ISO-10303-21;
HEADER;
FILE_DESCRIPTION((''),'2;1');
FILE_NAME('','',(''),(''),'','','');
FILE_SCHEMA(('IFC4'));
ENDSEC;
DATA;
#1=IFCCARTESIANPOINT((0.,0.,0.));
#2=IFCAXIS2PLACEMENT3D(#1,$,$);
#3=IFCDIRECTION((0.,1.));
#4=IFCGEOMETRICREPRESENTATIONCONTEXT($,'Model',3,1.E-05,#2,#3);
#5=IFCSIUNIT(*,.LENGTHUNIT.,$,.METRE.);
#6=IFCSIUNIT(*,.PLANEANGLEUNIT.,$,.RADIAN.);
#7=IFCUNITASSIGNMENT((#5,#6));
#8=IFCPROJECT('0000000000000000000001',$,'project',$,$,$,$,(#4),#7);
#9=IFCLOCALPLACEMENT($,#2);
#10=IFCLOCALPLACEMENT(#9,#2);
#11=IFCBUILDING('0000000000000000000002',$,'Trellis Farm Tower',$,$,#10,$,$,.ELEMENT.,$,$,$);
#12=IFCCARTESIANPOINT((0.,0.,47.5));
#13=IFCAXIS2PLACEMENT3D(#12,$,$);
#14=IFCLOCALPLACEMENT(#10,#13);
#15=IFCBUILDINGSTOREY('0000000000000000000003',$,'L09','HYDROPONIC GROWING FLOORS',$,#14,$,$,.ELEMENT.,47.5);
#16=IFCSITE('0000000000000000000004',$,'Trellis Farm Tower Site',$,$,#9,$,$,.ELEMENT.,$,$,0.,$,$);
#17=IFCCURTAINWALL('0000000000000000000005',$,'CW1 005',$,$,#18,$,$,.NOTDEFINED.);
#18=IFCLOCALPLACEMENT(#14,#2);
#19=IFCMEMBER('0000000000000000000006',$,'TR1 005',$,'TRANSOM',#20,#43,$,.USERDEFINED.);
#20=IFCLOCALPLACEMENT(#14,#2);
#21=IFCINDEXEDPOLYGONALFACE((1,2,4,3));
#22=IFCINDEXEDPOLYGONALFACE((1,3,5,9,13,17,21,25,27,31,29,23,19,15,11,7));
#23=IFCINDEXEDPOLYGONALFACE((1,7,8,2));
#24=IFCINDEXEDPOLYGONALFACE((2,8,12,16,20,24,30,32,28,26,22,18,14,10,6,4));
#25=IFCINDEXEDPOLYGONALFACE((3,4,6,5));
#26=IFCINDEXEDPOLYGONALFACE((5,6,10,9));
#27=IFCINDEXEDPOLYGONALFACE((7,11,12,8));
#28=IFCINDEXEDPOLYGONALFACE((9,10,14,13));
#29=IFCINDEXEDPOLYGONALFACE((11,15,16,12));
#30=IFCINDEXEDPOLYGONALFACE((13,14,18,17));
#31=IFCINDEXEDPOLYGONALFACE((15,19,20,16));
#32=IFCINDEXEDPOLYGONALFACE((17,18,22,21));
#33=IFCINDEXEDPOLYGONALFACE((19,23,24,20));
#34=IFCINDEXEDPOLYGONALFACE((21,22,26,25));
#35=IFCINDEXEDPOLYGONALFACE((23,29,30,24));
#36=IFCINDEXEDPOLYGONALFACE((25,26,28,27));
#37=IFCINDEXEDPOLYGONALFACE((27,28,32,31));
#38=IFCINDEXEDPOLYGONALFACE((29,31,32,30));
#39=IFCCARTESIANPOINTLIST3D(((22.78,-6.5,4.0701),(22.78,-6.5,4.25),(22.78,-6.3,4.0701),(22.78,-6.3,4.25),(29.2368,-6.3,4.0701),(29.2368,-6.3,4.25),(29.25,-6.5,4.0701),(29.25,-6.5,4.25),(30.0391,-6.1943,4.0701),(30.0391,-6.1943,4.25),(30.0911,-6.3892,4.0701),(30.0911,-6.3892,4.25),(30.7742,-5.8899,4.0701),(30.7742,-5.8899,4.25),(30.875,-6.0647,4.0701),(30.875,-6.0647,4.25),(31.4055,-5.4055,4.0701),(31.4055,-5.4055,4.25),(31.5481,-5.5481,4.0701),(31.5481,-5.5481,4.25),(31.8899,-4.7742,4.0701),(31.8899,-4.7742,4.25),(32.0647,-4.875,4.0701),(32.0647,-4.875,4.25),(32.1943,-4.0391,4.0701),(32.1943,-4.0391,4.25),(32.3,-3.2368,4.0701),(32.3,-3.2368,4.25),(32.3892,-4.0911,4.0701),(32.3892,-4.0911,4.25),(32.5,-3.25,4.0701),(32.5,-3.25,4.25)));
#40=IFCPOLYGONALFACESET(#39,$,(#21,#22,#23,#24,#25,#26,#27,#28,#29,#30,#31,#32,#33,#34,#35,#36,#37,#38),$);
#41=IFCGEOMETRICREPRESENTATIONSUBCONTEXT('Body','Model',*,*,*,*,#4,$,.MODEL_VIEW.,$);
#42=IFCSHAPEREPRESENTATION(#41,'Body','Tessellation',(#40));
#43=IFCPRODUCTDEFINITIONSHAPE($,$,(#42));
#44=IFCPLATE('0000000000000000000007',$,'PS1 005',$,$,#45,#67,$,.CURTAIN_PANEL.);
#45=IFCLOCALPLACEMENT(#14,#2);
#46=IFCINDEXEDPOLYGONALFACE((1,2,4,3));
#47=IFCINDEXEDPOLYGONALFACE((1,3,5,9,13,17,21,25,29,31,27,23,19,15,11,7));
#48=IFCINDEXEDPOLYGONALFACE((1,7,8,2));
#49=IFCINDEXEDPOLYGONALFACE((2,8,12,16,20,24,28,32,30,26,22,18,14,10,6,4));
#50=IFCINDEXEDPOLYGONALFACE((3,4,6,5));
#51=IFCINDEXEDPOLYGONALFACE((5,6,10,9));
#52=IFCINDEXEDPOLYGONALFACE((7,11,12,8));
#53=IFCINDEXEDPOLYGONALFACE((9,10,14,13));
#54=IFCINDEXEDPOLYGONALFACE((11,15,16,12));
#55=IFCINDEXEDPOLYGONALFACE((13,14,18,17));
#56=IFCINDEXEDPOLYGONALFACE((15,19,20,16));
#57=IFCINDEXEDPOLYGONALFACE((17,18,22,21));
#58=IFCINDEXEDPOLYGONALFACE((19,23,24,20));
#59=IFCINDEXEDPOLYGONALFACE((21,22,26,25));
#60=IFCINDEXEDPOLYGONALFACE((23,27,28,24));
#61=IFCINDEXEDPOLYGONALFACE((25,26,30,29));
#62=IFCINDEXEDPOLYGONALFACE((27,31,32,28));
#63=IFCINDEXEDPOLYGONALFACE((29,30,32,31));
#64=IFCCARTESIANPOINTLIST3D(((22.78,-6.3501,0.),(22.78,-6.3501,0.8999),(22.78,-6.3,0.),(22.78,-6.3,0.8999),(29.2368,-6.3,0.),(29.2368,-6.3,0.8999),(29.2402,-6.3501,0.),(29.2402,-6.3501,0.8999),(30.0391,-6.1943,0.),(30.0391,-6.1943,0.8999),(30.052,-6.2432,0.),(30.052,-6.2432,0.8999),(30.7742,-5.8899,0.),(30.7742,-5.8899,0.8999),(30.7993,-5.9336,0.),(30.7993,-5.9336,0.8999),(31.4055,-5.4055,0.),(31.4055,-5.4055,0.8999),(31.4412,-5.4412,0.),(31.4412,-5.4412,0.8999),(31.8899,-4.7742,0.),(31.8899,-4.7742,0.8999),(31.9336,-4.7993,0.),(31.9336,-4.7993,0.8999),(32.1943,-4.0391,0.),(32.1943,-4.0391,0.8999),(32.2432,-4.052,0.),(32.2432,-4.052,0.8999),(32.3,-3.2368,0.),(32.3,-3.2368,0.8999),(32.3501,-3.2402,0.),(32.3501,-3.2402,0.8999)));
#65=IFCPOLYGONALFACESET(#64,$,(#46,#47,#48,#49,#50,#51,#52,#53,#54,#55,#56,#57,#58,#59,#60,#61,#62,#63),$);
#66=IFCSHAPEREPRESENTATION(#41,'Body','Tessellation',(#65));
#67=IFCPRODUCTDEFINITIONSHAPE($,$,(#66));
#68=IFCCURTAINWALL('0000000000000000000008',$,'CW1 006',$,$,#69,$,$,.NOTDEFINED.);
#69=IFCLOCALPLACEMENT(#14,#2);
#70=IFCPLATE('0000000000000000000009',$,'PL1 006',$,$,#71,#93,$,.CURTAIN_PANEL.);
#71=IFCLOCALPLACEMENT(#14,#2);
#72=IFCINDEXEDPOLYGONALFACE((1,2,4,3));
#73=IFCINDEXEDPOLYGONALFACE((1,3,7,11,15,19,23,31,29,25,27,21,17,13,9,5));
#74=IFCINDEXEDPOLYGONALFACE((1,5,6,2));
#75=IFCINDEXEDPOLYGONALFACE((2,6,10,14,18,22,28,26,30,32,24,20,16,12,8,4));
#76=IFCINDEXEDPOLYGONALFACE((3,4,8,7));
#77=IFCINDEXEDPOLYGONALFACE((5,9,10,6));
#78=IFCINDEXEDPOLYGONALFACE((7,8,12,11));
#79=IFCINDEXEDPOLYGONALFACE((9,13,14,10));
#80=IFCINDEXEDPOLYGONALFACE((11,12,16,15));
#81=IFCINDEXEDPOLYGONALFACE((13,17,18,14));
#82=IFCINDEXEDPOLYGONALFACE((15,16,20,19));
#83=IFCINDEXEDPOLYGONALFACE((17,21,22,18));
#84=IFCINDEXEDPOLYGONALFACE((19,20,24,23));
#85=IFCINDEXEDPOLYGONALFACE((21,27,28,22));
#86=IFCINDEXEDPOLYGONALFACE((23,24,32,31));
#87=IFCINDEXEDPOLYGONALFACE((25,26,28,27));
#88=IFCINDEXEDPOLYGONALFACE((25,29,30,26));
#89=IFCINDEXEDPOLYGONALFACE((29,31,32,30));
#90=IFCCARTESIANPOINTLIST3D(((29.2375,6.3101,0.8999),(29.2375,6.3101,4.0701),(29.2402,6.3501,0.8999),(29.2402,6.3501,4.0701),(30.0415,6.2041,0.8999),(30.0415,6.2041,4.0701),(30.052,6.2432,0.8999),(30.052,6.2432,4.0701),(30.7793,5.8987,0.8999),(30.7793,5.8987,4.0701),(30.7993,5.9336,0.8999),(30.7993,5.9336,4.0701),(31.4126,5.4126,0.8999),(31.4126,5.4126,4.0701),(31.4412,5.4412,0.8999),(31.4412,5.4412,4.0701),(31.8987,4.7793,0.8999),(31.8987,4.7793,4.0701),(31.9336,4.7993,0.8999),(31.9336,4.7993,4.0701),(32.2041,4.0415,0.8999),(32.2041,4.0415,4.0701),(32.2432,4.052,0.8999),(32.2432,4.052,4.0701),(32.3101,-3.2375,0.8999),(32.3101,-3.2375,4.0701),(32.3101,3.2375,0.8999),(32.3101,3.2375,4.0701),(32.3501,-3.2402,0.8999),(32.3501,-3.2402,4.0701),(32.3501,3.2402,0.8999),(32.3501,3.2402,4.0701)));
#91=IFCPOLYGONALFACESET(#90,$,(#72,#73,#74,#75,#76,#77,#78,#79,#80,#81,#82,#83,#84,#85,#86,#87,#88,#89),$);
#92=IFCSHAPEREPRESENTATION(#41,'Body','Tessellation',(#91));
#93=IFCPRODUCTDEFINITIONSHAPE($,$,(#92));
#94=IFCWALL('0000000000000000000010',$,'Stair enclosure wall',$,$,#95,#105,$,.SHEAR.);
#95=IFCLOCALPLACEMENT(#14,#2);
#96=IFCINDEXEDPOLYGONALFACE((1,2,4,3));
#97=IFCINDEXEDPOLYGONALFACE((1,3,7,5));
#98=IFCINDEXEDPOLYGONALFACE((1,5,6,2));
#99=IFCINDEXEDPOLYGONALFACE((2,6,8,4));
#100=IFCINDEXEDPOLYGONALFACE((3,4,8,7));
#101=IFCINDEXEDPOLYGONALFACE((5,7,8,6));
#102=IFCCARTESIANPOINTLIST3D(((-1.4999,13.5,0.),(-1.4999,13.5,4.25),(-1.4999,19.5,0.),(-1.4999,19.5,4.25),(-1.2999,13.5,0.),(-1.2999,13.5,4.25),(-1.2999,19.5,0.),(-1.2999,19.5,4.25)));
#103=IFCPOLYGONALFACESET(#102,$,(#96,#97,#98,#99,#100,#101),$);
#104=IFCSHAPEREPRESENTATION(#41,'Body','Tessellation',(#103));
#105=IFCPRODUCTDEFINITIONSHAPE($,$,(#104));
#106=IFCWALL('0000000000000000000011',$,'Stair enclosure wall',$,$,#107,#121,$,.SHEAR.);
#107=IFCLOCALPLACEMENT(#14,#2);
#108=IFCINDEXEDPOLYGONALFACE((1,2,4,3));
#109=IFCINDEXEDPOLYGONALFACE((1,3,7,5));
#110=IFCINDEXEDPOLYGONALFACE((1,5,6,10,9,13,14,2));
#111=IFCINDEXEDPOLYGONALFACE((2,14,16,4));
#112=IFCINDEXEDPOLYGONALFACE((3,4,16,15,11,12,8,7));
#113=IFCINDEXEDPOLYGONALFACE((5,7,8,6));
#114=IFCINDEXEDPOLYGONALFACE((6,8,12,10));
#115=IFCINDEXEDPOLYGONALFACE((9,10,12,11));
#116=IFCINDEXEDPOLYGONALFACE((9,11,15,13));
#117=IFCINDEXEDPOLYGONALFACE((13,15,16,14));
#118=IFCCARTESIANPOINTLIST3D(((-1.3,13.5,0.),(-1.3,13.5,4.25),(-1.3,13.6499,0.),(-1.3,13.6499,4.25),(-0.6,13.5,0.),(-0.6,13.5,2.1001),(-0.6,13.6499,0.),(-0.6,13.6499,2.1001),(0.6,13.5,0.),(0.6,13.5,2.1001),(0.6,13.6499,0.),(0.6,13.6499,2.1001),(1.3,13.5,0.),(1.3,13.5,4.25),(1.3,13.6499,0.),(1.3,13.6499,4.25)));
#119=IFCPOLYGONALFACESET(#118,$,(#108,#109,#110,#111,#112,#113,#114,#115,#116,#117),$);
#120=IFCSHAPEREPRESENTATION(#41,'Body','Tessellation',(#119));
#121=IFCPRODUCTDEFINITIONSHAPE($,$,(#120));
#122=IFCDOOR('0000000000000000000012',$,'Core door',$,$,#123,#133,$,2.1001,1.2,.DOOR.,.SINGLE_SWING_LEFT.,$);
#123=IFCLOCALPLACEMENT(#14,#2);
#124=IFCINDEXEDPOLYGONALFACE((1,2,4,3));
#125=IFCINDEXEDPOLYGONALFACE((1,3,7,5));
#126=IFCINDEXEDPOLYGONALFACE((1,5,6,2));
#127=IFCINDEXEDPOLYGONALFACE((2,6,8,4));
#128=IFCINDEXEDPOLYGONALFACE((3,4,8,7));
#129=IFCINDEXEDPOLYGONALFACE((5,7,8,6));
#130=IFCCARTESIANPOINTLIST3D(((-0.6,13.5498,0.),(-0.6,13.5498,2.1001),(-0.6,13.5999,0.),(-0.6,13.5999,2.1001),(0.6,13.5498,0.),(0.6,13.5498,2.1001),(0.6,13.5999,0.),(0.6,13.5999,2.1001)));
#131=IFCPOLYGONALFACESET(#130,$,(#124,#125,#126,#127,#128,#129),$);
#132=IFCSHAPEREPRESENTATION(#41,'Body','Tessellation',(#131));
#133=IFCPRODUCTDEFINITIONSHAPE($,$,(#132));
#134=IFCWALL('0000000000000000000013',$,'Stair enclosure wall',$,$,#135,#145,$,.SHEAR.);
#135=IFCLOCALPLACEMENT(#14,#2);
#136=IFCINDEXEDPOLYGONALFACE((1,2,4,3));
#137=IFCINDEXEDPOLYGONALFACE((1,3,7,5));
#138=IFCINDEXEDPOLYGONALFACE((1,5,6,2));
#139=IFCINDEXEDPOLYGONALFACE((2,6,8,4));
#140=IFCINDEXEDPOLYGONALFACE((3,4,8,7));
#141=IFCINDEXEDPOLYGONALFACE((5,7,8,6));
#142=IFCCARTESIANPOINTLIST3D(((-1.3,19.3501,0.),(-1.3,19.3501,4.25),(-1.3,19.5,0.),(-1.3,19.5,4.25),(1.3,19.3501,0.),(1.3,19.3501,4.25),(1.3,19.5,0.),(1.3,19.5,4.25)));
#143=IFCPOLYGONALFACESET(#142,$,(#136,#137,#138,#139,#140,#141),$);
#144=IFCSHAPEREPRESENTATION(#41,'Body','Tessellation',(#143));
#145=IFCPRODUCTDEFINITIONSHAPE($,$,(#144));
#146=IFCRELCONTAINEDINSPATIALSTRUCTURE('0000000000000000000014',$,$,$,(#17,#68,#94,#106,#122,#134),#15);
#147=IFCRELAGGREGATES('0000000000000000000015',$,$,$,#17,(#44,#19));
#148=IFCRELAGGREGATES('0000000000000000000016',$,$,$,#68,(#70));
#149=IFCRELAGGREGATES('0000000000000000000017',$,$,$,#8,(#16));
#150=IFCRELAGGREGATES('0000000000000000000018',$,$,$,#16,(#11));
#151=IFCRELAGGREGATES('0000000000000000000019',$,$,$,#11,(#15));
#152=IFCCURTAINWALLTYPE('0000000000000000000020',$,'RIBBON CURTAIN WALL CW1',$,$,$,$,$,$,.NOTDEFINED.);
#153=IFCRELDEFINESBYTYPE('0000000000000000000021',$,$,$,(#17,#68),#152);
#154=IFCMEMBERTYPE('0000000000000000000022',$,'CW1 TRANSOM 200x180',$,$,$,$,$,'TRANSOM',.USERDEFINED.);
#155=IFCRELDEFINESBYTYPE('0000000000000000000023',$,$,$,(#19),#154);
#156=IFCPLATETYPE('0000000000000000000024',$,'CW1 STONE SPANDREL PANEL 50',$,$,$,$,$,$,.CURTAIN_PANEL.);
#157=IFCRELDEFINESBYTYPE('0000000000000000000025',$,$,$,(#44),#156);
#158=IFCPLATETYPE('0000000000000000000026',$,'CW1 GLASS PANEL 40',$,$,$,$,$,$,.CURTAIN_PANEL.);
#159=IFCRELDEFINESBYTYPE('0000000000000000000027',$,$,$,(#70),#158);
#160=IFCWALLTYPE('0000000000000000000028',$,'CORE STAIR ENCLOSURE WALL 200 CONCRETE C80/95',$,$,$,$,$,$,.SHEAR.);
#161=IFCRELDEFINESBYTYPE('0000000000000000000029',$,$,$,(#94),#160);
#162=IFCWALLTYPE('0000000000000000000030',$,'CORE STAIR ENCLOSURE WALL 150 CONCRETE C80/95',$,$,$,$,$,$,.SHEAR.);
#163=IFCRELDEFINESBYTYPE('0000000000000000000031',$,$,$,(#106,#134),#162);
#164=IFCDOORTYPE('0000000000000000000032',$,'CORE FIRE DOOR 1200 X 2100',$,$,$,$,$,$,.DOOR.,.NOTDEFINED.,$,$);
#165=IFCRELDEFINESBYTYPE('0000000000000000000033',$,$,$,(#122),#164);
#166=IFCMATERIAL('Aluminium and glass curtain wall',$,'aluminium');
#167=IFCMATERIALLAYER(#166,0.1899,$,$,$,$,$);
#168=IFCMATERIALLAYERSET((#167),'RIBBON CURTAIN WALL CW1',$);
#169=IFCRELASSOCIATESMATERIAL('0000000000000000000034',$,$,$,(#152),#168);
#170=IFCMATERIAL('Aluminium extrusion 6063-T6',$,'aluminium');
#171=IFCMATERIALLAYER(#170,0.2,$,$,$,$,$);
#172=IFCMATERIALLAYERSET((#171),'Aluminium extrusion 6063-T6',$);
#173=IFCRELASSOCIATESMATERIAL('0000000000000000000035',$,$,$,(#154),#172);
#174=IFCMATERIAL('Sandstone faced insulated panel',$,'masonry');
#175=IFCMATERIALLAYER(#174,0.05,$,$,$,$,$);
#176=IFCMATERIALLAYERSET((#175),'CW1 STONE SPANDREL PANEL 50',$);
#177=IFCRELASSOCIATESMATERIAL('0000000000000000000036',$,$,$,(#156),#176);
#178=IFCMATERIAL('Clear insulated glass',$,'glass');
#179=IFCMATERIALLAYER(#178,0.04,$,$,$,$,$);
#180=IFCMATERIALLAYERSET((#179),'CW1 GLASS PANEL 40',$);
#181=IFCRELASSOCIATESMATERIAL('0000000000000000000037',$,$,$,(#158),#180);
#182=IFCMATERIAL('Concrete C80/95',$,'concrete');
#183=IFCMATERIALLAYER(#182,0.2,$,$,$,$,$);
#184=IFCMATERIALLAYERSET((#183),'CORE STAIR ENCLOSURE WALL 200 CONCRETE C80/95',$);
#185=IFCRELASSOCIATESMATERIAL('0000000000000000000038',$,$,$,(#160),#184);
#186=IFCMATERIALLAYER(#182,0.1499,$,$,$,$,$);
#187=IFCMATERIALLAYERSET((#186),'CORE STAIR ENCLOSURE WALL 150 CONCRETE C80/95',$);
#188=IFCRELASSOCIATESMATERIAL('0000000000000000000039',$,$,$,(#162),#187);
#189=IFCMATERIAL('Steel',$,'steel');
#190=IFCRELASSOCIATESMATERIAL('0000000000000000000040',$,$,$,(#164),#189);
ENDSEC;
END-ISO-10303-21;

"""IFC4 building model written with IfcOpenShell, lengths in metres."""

from ifc_helpers import new_model, si_unit, direction, frame, frame_2d, origin, place, context, subcontext, project, spatial, polyline, rectangle, outline, extrude, source, transform, mapped, material, layer, layer_set, type_object, element, fill, aggregate, save


model = new_model("IFC4")

# Units and contexts
model_context = context("Model", 3, precision=1e-05, world=origin(), true_north=direction((0.0, 1.0)))
body_context = subcontext(model_context, "Body", "Model", "MODEL_VIEW")
ifc_project = project(units=[si_unit("LENGTHUNIT", "METRE"), si_unit("PLANEANGLEUNIT", "RADIAN")], contexts=[model_context])

# Site, building, storey
site_placement = place(None, origin())
site = spatial("IfcSite", under=ifc_project, at=site_placement, Name="Trellis Farm Tower Site", CompositionType="ELEMENT", RefElevation=0.0)
building_placement = place(site_placement, origin())
building = spatial("IfcBuilding", under=site, at=building_placement, Name="Trellis Farm Tower", CompositionType="ELEMENT")
storey_placement = place(building_placement, frame((0.0, 0.0, 47.5)))
storey = spatial("IfcBuildingStorey", under=building, at=storey_placement, Name="L09", Description="HYDROPONIC GROWING FLOORS", CompositionType="ELEMENT", Elevation=47.5)

# Shared definitions
ifc_material_1 = material(Name="Concrete C80/95", Category="concrete")

# Curtain wall, member, plate
ifc_material_2 = material(Name="Aluminium and glass curtain wall", Category="aluminium")
ifc_layer_1 = layer(ifc_material_2, 0.1899)
ifc_layer_set_1 = layer_set([ifc_layer_1], Name="RIBBON CURTAIN WALL CW1")
curtain_wall_type = type_object("IfcCurtainWallType", Name="RIBBON CURTAIN WALL CW1", PredefinedType="NOTDEFINED", material=ifc_layer_set_1)
placement = place(storey_placement, origin())
curtain_wall_1 = element("IfcCurtainWall", 1, at=placement, inside=storey, type_object=curtain_wall_type, Name="CW1 005", PredefinedType="NOTDEFINED")
ifc_material_3 = material(Name="Aluminium extrusion 6063-T6", Category="aluminium")
ifc_layer_2 = layer(ifc_material_3, 0.2)
ifc_layer_set_2 = layer_set([ifc_layer_2], Name="Aluminium extrusion 6063-T6")
member_type = type_object("IfcMemberType", Name="CW1 TRANSOM 200x180", ElementType="TRANSOM", PredefinedType="USERDEFINED", material=ifc_layer_set_2)
shared_shape_1 = source(origin(), body_context, "Body", "SweptSolid", [
    extrude(outline(polyline([(22.78, -6.5), (29.25, -6.5), (30.0911, -6.3892), (30.875, -6.0647), (31.5481, -5.5481), (32.0647, -4.875), (32.3892, -4.0911), (32.5, -3.25), (32.3, -3.2368), (32.1943, -4.0391), (31.8899, -4.7742), (31.4055, -5.4055), (30.7742, -5.8899), (30.0391, -6.1943), (29.2368, -6.3), (22.78, -6.3), (22.78, -6.5)])), origin(), (0.0, 0.0, 1.0), 0.1799),
])
member_placement = place(storey_placement, frame((0.0, 0.0, 4.0701)))
member = element("IfcMember", 2, at=member_placement, type_object=member_type, Name="TR1 005", ObjectType="TRANSOM", PredefinedType="USERDEFINED", context=body_context, shape_type="MappedRepresentation", body=[
    mapped(shared_shape_1, transform((0.0, 0.0, 0.0))),
])
ifc_material_4 = material(Name="Sandstone faced insulated panel", Category="masonry")
ifc_layer_3 = layer(ifc_material_4, 0.05)
ifc_layer_set_3 = layer_set([ifc_layer_3], Name="CW1 STONE SPANDREL PANEL 50")
plate_type_1 = type_object("IfcPlateType", Name="CW1 STONE SPANDREL PANEL 50", PredefinedType="CURTAIN_PANEL", material=ifc_layer_set_3)
shared_shape_2 = source(origin(), body_context, "Body", "SweptSolid", [
    extrude(outline(polyline([(22.78, -6.3501), (29.2402, -6.3501), (30.052, -6.2432), (30.7993, -5.9336), (31.4412, -5.4412), (31.9336, -4.7993), (32.2432, -4.052), (32.3501, -3.2402), (32.3, -3.2368), (32.1943, -4.0391), (31.8899, -4.7742), (31.4055, -5.4055), (30.7742, -5.8899), (30.0391, -6.1943), (29.2368, -6.3), (22.78, -6.3), (22.78, -6.3501)])), origin(), (0.0, 0.0, 1.0), 0.8999),
])
plate_1 = element("IfcPlate", 3, at=placement, type_object=plate_type_1, Name="PS1 005", PredefinedType="CURTAIN_PANEL", context=body_context, shape_type="MappedRepresentation", body=[
    mapped(shared_shape_2, transform((0.0, 0.0, 0.0))),
])
aggregate(curtain_wall_1, [plate_1, member])

# Curtain wall, plate
curtain_wall_2 = element("IfcCurtainWall", 4, at=placement, inside=storey, type_object=curtain_wall_type, Name="CW1 006", PredefinedType="NOTDEFINED")
ifc_material_5 = material(Name="Clear insulated glass", Category="glass")
ifc_layer_4 = layer(ifc_material_5, 0.04)
ifc_layer_set_4 = layer_set([ifc_layer_4], Name="CW1 GLASS PANEL 40")
plate_type_2 = type_object("IfcPlateType", Name="CW1 GLASS PANEL 40", PredefinedType="CURTAIN_PANEL", material=ifc_layer_set_4)
shared_shape_3 = source(origin(), body_context, "Body", "SweptSolid", [
    extrude(outline(polyline([(32.3501, -3.2402), (32.3501, 3.2402), (32.2432, 4.052), (31.9336, 4.7993), (31.4412, 5.4412), (30.7993, 5.9336), (30.052, 6.2432), (29.2402, 6.3501), (29.2375, 6.3101), (30.0415, 6.2041), (30.7793, 5.8987), (31.4126, 5.4126), (31.8987, 4.7793), (32.2041, 4.0415), (32.3101, 3.2375), (32.3101, -3.2375), (32.3501, -3.2402)])), origin(), (0.0, 0.0, 1.0), 3.1702),
])
plate_2_placement = place(storey_placement, frame((0.0, 0.0, 0.8999)))
plate_2 = element("IfcPlate", 5, at=plate_2_placement, type_object=plate_type_2, Name="PL1 006", PredefinedType="CURTAIN_PANEL", context=body_context, shape_type="MappedRepresentation", body=[
    mapped(shared_shape_3, transform((0.0, 0.0, 0.0))),
])
aggregate(curtain_wall_2, [plate_2])

# Wall
ifc_layer_5 = layer(ifc_material_1, 0.2)
ifc_layer_set_5 = layer_set([ifc_layer_5], Name="CORE STAIR ENCLOSURE WALL 200 CONCRETE C80/95")
wall_type_1 = type_object("IfcWallType", Name="CORE STAIR ENCLOSURE WALL 200 CONCRETE C80/95", PredefinedType="SHEAR", material=ifc_layer_set_5)
shared_shape_4 = source(origin(), body_context, "Body", "SweptSolid", [
    extrude(rectangle(XDim=6.0, YDim=0.2, at=frame_2d((3.0, 0.0))), origin(), (0.0, 0.0, 1.0), 4.25),
])
wall_1_placement = place(storey_placement, frame((-1.3999, 13.5, 0.0), z_axis=(0.0, 0.0, 1.0), x_axis=(0.0, 1.0, 0.0)))
element("IfcWall", 6, at=wall_1_placement, inside=storey, type_object=wall_type_1, Name="Stair enclosure wall", PredefinedType="SHEAR", context=body_context, shape_type="MappedRepresentation", body=[
    mapped(shared_shape_4, transform((0.0, 0.0, 0.0))),
])

# Wall, opening, door
ifc_layer_6 = layer(ifc_material_1, 0.1499)
ifc_layer_set_6 = layer_set([ifc_layer_6], Name="CORE STAIR ENCLOSURE WALL 150 CONCRETE C80/95")
wall_type_2 = type_object("IfcWallType", Name="CORE STAIR ENCLOSURE WALL 150 CONCRETE C80/95", PredefinedType="SHEAR", material=ifc_layer_set_6)
shared_shape_5 = source(origin(), body_context, "Body", "SweptSolid", [
    extrude(rectangle(XDim=2.6001, YDim=0.1499, at=frame_2d((1.3, 0.0))), origin(), (0.0, 0.0, 1.0), 4.25),
])
wall_2_placement = place(storey_placement, frame((-1.3, 13.575, 0.0), z_axis=(0.0, 0.0, 1.0), x_axis=(1.0, 0.0, 0.0)))
wall_2 = element("IfcWall", 7, at=wall_2_placement, inside=storey, type_object=wall_type_2, Name="Stair enclosure wall", PredefinedType="SHEAR", context=body_context, shape_type="MappedRepresentation", body=[
    mapped(shared_shape_5, transform((0.0, 0.0, 0.0))),
])
shared_shape_6 = source(origin(), body_context, "Body", "SweptSolid", [
    extrude(rectangle(XDim=1.2, YDim=2.1001, at=frame_2d((0.6001, 1.05))), frame((0.0, 0.085, 0.0), z_axis=(0.0, -1.0, 0.0), x_axis=(1.0, 0.0, 0.0)), (0.0, 0.0, 1.0), 0.1699),
])
opening_1_placement = place(wall_2_placement, frame((0.7, 0.0, 0.0)))
opening_1 = element("IfcOpeningElement", 8, at=opening_1_placement, cuts=wall_2, PredefinedType="OPENING", context=body_context, shape_type="MappedRepresentation", body=[
    mapped(shared_shape_6, transform((0.0, 0.0, 0.0))),
])
ifc_material_6 = material(Name="Steel", Category="steel")
door_type_1 = type_object("IfcDoorType", Name="CORE FIRE DOOR 1200 X 2100", OperationType="NOTDEFINED", PredefinedType="DOOR", material=ifc_material_6)
shared_shape_7 = source(origin(), body_context, "Body", "SweptSolid", [
    extrude(rectangle(XDim=1.2, YDim=2.1001, at=frame_2d((0.6001, 1.05))), frame((0.0, 0.0249, 0.0), z_axis=(0.0, -1.0, 0.0), x_axis=(1.0, 0.0, 0.0)), (0.0, 0.0, 1.0), 0.05),
])
door_1_placement = place(opening_1_placement, origin())
door_1 = element("IfcDoor", 9, at=door_1_placement, inside=storey, type_object=door_type_1, Name="Core door", OperationType="SINGLE_SWING_LEFT", OverallHeight=2.1001, OverallWidth=1.2, PredefinedType="DOOR", context=body_context, shape_type="MappedRepresentation", body=[
    mapped(shared_shape_7, transform((0.0, 0.0, 0.0))),
])
fill(opening_1, door_1)

# Wall
wall_3_placement = place(storey_placement, frame((-1.3, 19.425, 0.0), z_axis=(0.0, 0.0, 1.0), x_axis=(1.0, 0.0, 0.0)))
element("IfcWall", 10, at=wall_3_placement, inside=storey, type_object=wall_type_2, Name="Stair enclosure wall", PredefinedType="SHEAR", context=body_context, shape_type="MappedRepresentation", body=[
    mapped(shared_shape_5, transform((0.0, 0.0, 0.0))),
])

save(model, "model.ifc")
